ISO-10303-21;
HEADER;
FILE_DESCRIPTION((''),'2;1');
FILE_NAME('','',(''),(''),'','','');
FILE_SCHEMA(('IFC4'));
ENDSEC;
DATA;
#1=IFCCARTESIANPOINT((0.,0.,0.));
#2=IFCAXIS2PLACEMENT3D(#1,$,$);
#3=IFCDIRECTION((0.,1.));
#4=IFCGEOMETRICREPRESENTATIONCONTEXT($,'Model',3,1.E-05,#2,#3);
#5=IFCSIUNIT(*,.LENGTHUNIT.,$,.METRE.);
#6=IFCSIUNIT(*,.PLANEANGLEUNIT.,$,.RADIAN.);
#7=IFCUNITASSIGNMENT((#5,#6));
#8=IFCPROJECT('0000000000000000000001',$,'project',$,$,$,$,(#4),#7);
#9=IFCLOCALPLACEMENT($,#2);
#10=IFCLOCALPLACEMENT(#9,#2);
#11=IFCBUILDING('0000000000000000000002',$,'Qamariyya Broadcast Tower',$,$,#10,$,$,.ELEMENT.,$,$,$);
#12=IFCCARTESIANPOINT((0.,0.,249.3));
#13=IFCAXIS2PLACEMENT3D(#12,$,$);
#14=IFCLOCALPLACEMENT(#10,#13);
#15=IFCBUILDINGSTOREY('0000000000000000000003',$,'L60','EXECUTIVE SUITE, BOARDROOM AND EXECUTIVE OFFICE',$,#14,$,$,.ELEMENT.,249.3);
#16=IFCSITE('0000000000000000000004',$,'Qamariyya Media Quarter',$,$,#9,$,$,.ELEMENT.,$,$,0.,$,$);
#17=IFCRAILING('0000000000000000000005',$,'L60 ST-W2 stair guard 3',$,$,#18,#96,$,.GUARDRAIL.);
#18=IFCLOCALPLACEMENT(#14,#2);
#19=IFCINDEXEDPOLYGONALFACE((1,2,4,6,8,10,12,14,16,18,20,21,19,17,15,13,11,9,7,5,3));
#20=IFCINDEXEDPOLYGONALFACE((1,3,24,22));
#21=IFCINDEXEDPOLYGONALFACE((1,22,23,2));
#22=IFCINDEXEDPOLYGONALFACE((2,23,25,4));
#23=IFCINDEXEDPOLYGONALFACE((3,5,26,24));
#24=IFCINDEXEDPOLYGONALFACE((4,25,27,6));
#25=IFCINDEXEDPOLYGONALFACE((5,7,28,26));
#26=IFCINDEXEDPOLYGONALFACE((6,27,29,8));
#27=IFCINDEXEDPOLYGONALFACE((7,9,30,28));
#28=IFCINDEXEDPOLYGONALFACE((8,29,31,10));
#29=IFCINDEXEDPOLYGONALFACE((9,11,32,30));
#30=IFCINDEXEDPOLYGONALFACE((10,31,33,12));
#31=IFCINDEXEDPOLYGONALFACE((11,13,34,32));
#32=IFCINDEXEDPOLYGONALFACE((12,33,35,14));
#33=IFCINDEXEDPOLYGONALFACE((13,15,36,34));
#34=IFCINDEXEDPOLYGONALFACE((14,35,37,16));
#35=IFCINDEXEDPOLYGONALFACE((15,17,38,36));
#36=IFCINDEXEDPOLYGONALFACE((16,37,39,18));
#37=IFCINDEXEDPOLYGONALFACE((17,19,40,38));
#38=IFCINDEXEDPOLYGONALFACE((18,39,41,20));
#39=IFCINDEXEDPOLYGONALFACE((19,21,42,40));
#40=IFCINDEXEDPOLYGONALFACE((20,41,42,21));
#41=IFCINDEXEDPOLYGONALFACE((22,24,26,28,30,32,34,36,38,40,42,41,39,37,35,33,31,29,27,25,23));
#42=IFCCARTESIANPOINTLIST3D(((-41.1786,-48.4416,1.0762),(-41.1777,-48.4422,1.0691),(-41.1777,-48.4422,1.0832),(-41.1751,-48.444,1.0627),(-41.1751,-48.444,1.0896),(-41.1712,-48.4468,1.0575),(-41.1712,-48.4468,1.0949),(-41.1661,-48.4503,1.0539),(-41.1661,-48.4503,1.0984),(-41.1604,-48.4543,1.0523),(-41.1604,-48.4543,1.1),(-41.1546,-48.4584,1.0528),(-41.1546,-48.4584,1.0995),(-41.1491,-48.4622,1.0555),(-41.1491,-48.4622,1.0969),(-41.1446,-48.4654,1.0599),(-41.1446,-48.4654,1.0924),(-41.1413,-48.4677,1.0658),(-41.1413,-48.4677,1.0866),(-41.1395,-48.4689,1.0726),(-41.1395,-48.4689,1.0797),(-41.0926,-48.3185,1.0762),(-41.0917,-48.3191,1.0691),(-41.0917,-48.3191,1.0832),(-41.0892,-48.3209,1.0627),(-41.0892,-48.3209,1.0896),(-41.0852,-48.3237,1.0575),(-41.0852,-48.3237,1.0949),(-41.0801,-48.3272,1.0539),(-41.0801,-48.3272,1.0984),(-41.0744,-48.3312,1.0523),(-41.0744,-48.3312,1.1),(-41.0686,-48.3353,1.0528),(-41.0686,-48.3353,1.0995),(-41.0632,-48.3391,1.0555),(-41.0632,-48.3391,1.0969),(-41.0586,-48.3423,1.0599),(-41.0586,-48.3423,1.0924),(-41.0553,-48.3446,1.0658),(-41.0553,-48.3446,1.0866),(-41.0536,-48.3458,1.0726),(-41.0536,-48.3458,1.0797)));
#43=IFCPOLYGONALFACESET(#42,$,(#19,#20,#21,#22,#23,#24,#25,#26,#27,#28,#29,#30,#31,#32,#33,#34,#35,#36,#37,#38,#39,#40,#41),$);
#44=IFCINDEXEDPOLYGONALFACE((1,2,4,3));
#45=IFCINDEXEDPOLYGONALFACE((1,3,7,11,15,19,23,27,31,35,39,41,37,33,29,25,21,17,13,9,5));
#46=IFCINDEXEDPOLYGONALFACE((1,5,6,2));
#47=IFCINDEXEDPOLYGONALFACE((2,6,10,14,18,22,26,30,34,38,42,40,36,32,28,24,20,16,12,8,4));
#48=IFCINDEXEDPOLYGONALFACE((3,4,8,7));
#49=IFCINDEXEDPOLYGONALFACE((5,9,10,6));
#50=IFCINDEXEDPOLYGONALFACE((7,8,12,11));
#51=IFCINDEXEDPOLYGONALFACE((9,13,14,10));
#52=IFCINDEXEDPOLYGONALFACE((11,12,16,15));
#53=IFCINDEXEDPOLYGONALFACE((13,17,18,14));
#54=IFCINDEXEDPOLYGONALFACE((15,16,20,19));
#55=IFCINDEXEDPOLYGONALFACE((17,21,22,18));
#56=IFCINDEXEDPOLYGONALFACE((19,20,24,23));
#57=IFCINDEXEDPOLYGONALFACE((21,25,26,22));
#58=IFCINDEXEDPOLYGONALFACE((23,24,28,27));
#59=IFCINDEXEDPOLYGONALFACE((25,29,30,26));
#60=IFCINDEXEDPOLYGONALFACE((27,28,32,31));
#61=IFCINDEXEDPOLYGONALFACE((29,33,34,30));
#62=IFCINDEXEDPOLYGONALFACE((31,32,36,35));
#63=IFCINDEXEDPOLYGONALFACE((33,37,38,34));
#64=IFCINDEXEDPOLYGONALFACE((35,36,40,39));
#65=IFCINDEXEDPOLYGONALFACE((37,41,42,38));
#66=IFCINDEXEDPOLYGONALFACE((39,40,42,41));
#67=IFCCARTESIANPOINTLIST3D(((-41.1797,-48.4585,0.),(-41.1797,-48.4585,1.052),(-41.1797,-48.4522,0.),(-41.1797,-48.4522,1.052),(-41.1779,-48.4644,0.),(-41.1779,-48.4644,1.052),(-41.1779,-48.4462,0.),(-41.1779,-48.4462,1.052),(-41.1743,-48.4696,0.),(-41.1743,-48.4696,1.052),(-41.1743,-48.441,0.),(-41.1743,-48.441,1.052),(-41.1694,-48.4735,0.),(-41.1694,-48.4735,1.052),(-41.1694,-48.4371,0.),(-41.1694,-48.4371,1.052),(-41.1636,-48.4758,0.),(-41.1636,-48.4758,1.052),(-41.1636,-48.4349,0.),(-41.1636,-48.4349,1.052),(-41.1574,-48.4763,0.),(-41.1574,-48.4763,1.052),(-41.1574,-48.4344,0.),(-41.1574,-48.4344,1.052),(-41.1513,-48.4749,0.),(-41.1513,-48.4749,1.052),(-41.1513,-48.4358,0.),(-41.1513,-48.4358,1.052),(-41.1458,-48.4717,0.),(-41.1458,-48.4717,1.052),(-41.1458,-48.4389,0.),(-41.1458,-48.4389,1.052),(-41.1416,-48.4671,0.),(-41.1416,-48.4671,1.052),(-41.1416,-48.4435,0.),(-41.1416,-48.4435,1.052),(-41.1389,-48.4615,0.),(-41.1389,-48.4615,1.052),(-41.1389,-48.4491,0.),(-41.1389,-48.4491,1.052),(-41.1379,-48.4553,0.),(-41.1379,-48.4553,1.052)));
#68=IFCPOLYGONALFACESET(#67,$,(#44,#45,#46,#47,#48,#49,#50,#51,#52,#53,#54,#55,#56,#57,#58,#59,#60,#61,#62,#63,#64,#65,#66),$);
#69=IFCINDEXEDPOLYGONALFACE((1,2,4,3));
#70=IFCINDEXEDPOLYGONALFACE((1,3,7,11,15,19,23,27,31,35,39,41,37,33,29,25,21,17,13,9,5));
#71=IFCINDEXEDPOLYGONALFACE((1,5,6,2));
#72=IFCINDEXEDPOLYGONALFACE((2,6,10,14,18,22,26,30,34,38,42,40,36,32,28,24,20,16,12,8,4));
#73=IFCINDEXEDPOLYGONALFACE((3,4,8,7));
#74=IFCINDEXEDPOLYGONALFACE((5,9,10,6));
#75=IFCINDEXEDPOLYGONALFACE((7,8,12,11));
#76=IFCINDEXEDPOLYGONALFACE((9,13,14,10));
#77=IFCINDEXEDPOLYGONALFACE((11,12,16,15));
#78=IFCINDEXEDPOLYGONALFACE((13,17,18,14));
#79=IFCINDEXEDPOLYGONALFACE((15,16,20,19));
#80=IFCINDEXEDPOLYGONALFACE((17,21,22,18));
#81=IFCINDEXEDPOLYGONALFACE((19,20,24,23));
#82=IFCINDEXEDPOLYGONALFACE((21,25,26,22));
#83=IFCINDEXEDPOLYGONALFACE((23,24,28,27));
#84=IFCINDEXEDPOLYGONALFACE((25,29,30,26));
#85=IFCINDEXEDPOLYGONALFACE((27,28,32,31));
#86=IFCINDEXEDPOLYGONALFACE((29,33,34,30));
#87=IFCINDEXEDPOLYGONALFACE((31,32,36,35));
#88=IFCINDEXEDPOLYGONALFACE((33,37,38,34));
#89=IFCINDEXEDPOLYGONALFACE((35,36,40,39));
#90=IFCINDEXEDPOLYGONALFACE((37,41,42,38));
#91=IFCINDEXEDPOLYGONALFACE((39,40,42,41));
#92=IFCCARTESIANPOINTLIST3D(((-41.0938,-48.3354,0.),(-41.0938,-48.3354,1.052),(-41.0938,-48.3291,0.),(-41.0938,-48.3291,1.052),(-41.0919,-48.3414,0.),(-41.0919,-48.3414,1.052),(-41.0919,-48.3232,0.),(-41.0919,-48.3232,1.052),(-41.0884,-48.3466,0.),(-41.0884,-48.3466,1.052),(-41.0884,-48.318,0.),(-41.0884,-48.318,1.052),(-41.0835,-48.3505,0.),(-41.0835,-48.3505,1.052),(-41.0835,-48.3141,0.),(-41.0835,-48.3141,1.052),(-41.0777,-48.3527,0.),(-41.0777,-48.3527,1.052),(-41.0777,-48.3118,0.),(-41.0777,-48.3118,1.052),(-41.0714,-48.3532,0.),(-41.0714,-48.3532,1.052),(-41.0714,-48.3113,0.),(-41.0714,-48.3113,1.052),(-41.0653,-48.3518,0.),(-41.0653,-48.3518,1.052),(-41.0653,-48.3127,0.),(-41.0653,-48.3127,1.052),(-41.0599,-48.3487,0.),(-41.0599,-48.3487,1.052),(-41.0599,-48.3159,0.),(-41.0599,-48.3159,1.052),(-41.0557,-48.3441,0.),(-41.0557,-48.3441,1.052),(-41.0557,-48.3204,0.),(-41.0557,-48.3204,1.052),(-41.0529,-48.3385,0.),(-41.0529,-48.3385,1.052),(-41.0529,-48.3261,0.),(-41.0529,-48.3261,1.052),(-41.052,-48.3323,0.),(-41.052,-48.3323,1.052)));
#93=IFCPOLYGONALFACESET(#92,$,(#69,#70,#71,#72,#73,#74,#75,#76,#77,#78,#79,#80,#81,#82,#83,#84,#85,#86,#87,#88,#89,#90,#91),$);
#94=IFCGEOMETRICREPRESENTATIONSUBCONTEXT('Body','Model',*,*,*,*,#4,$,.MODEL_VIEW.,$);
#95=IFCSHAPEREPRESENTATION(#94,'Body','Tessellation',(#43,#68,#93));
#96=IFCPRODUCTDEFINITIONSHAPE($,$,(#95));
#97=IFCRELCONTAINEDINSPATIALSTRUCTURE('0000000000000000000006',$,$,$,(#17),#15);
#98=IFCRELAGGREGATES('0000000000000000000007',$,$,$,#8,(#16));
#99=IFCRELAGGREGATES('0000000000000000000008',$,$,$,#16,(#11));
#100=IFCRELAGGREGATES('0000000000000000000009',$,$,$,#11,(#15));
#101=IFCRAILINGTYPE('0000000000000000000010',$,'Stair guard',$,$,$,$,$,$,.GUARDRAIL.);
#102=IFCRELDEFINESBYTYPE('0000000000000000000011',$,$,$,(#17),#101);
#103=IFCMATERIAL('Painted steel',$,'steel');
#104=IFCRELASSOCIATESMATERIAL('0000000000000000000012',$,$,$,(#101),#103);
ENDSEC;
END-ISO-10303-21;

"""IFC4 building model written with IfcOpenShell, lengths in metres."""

from ifc_helpers import new_model, si_unit, direction, frame, origin, origin_2d, place, context, subcontext, project, spatial, circle, extrude, material, type_object, element, save


model = new_model("IFC4")

# Units and contexts
model_context = context("Model", 3, precision=1e-05, world=origin(), true_north=direction((0.0, 1.0)))
body_context = subcontext(model_context, "Body", "Model", "MODEL_VIEW")
ifc_project = project(units=[si_unit("LENGTHUNIT", "METRE"), si_unit("PLANEANGLEUNIT", "RADIAN")], contexts=[model_context])

# Site, building, storey
site_placement = place(None, origin())
site = spatial("IfcSite", under=ifc_project, at=site_placement, Name="Qamariyya Media Quarter", CompositionType="ELEMENT", RefElevation=0.0)
building_placement = place(site_placement, origin())
building = spatial("IfcBuilding", under=site, at=building_placement, Name="Qamariyya Broadcast Tower", CompositionType="ELEMENT")
storey_placement = place(building_placement, frame((0.0, 0.0, 249.3)))
storey = spatial("IfcBuildingStorey", under=building, at=storey_placement, Name="L60", Description="EXECUTIVE SUITE, BOARDROOM AND EXECUTIVE OFFICE", CompositionType="ELEMENT", Elevation=249.3)

# Railing
ifc_material_1 = material(Name="Painted steel", Category="steel")
railing_type_1 = type_object("IfcRailingType", Name="Stair guard", PredefinedType="GUARDRAIL", material=ifc_material_1)
railing_1_placement = place(storey_placement, frame((-41.1589, -48.4553, 0.0)))
element("IfcRailing", 1, at=railing_1_placement, inside=storey, type_object=railing_type_1, Name="L60 ST-W2 stair guard 3", PredefinedType="GUARDRAIL", context=body_context, shape_type="SweptSolid", body=[
    extrude(circle(Radius=0.0239, at=origin_2d()), frame((0.0, 0.0, 1.0762), z_axis=(0.572589, 0.819843, 0.0), x_axis=(-0.819843, 0.572589, 0.0)), (0.0, 0.0, 1.0), 0.1501),
    extrude(circle(Radius=0.021, at=origin_2d()), origin(), (0.0, 0.0, 1.0), 1.052),
    extrude(circle(Radius=0.021, at=origin_2d()), frame((0.0859, 0.123, 0.0)), (0.0, 0.0, 1.0), 1.052),
])

save(model, "model.ifc")
